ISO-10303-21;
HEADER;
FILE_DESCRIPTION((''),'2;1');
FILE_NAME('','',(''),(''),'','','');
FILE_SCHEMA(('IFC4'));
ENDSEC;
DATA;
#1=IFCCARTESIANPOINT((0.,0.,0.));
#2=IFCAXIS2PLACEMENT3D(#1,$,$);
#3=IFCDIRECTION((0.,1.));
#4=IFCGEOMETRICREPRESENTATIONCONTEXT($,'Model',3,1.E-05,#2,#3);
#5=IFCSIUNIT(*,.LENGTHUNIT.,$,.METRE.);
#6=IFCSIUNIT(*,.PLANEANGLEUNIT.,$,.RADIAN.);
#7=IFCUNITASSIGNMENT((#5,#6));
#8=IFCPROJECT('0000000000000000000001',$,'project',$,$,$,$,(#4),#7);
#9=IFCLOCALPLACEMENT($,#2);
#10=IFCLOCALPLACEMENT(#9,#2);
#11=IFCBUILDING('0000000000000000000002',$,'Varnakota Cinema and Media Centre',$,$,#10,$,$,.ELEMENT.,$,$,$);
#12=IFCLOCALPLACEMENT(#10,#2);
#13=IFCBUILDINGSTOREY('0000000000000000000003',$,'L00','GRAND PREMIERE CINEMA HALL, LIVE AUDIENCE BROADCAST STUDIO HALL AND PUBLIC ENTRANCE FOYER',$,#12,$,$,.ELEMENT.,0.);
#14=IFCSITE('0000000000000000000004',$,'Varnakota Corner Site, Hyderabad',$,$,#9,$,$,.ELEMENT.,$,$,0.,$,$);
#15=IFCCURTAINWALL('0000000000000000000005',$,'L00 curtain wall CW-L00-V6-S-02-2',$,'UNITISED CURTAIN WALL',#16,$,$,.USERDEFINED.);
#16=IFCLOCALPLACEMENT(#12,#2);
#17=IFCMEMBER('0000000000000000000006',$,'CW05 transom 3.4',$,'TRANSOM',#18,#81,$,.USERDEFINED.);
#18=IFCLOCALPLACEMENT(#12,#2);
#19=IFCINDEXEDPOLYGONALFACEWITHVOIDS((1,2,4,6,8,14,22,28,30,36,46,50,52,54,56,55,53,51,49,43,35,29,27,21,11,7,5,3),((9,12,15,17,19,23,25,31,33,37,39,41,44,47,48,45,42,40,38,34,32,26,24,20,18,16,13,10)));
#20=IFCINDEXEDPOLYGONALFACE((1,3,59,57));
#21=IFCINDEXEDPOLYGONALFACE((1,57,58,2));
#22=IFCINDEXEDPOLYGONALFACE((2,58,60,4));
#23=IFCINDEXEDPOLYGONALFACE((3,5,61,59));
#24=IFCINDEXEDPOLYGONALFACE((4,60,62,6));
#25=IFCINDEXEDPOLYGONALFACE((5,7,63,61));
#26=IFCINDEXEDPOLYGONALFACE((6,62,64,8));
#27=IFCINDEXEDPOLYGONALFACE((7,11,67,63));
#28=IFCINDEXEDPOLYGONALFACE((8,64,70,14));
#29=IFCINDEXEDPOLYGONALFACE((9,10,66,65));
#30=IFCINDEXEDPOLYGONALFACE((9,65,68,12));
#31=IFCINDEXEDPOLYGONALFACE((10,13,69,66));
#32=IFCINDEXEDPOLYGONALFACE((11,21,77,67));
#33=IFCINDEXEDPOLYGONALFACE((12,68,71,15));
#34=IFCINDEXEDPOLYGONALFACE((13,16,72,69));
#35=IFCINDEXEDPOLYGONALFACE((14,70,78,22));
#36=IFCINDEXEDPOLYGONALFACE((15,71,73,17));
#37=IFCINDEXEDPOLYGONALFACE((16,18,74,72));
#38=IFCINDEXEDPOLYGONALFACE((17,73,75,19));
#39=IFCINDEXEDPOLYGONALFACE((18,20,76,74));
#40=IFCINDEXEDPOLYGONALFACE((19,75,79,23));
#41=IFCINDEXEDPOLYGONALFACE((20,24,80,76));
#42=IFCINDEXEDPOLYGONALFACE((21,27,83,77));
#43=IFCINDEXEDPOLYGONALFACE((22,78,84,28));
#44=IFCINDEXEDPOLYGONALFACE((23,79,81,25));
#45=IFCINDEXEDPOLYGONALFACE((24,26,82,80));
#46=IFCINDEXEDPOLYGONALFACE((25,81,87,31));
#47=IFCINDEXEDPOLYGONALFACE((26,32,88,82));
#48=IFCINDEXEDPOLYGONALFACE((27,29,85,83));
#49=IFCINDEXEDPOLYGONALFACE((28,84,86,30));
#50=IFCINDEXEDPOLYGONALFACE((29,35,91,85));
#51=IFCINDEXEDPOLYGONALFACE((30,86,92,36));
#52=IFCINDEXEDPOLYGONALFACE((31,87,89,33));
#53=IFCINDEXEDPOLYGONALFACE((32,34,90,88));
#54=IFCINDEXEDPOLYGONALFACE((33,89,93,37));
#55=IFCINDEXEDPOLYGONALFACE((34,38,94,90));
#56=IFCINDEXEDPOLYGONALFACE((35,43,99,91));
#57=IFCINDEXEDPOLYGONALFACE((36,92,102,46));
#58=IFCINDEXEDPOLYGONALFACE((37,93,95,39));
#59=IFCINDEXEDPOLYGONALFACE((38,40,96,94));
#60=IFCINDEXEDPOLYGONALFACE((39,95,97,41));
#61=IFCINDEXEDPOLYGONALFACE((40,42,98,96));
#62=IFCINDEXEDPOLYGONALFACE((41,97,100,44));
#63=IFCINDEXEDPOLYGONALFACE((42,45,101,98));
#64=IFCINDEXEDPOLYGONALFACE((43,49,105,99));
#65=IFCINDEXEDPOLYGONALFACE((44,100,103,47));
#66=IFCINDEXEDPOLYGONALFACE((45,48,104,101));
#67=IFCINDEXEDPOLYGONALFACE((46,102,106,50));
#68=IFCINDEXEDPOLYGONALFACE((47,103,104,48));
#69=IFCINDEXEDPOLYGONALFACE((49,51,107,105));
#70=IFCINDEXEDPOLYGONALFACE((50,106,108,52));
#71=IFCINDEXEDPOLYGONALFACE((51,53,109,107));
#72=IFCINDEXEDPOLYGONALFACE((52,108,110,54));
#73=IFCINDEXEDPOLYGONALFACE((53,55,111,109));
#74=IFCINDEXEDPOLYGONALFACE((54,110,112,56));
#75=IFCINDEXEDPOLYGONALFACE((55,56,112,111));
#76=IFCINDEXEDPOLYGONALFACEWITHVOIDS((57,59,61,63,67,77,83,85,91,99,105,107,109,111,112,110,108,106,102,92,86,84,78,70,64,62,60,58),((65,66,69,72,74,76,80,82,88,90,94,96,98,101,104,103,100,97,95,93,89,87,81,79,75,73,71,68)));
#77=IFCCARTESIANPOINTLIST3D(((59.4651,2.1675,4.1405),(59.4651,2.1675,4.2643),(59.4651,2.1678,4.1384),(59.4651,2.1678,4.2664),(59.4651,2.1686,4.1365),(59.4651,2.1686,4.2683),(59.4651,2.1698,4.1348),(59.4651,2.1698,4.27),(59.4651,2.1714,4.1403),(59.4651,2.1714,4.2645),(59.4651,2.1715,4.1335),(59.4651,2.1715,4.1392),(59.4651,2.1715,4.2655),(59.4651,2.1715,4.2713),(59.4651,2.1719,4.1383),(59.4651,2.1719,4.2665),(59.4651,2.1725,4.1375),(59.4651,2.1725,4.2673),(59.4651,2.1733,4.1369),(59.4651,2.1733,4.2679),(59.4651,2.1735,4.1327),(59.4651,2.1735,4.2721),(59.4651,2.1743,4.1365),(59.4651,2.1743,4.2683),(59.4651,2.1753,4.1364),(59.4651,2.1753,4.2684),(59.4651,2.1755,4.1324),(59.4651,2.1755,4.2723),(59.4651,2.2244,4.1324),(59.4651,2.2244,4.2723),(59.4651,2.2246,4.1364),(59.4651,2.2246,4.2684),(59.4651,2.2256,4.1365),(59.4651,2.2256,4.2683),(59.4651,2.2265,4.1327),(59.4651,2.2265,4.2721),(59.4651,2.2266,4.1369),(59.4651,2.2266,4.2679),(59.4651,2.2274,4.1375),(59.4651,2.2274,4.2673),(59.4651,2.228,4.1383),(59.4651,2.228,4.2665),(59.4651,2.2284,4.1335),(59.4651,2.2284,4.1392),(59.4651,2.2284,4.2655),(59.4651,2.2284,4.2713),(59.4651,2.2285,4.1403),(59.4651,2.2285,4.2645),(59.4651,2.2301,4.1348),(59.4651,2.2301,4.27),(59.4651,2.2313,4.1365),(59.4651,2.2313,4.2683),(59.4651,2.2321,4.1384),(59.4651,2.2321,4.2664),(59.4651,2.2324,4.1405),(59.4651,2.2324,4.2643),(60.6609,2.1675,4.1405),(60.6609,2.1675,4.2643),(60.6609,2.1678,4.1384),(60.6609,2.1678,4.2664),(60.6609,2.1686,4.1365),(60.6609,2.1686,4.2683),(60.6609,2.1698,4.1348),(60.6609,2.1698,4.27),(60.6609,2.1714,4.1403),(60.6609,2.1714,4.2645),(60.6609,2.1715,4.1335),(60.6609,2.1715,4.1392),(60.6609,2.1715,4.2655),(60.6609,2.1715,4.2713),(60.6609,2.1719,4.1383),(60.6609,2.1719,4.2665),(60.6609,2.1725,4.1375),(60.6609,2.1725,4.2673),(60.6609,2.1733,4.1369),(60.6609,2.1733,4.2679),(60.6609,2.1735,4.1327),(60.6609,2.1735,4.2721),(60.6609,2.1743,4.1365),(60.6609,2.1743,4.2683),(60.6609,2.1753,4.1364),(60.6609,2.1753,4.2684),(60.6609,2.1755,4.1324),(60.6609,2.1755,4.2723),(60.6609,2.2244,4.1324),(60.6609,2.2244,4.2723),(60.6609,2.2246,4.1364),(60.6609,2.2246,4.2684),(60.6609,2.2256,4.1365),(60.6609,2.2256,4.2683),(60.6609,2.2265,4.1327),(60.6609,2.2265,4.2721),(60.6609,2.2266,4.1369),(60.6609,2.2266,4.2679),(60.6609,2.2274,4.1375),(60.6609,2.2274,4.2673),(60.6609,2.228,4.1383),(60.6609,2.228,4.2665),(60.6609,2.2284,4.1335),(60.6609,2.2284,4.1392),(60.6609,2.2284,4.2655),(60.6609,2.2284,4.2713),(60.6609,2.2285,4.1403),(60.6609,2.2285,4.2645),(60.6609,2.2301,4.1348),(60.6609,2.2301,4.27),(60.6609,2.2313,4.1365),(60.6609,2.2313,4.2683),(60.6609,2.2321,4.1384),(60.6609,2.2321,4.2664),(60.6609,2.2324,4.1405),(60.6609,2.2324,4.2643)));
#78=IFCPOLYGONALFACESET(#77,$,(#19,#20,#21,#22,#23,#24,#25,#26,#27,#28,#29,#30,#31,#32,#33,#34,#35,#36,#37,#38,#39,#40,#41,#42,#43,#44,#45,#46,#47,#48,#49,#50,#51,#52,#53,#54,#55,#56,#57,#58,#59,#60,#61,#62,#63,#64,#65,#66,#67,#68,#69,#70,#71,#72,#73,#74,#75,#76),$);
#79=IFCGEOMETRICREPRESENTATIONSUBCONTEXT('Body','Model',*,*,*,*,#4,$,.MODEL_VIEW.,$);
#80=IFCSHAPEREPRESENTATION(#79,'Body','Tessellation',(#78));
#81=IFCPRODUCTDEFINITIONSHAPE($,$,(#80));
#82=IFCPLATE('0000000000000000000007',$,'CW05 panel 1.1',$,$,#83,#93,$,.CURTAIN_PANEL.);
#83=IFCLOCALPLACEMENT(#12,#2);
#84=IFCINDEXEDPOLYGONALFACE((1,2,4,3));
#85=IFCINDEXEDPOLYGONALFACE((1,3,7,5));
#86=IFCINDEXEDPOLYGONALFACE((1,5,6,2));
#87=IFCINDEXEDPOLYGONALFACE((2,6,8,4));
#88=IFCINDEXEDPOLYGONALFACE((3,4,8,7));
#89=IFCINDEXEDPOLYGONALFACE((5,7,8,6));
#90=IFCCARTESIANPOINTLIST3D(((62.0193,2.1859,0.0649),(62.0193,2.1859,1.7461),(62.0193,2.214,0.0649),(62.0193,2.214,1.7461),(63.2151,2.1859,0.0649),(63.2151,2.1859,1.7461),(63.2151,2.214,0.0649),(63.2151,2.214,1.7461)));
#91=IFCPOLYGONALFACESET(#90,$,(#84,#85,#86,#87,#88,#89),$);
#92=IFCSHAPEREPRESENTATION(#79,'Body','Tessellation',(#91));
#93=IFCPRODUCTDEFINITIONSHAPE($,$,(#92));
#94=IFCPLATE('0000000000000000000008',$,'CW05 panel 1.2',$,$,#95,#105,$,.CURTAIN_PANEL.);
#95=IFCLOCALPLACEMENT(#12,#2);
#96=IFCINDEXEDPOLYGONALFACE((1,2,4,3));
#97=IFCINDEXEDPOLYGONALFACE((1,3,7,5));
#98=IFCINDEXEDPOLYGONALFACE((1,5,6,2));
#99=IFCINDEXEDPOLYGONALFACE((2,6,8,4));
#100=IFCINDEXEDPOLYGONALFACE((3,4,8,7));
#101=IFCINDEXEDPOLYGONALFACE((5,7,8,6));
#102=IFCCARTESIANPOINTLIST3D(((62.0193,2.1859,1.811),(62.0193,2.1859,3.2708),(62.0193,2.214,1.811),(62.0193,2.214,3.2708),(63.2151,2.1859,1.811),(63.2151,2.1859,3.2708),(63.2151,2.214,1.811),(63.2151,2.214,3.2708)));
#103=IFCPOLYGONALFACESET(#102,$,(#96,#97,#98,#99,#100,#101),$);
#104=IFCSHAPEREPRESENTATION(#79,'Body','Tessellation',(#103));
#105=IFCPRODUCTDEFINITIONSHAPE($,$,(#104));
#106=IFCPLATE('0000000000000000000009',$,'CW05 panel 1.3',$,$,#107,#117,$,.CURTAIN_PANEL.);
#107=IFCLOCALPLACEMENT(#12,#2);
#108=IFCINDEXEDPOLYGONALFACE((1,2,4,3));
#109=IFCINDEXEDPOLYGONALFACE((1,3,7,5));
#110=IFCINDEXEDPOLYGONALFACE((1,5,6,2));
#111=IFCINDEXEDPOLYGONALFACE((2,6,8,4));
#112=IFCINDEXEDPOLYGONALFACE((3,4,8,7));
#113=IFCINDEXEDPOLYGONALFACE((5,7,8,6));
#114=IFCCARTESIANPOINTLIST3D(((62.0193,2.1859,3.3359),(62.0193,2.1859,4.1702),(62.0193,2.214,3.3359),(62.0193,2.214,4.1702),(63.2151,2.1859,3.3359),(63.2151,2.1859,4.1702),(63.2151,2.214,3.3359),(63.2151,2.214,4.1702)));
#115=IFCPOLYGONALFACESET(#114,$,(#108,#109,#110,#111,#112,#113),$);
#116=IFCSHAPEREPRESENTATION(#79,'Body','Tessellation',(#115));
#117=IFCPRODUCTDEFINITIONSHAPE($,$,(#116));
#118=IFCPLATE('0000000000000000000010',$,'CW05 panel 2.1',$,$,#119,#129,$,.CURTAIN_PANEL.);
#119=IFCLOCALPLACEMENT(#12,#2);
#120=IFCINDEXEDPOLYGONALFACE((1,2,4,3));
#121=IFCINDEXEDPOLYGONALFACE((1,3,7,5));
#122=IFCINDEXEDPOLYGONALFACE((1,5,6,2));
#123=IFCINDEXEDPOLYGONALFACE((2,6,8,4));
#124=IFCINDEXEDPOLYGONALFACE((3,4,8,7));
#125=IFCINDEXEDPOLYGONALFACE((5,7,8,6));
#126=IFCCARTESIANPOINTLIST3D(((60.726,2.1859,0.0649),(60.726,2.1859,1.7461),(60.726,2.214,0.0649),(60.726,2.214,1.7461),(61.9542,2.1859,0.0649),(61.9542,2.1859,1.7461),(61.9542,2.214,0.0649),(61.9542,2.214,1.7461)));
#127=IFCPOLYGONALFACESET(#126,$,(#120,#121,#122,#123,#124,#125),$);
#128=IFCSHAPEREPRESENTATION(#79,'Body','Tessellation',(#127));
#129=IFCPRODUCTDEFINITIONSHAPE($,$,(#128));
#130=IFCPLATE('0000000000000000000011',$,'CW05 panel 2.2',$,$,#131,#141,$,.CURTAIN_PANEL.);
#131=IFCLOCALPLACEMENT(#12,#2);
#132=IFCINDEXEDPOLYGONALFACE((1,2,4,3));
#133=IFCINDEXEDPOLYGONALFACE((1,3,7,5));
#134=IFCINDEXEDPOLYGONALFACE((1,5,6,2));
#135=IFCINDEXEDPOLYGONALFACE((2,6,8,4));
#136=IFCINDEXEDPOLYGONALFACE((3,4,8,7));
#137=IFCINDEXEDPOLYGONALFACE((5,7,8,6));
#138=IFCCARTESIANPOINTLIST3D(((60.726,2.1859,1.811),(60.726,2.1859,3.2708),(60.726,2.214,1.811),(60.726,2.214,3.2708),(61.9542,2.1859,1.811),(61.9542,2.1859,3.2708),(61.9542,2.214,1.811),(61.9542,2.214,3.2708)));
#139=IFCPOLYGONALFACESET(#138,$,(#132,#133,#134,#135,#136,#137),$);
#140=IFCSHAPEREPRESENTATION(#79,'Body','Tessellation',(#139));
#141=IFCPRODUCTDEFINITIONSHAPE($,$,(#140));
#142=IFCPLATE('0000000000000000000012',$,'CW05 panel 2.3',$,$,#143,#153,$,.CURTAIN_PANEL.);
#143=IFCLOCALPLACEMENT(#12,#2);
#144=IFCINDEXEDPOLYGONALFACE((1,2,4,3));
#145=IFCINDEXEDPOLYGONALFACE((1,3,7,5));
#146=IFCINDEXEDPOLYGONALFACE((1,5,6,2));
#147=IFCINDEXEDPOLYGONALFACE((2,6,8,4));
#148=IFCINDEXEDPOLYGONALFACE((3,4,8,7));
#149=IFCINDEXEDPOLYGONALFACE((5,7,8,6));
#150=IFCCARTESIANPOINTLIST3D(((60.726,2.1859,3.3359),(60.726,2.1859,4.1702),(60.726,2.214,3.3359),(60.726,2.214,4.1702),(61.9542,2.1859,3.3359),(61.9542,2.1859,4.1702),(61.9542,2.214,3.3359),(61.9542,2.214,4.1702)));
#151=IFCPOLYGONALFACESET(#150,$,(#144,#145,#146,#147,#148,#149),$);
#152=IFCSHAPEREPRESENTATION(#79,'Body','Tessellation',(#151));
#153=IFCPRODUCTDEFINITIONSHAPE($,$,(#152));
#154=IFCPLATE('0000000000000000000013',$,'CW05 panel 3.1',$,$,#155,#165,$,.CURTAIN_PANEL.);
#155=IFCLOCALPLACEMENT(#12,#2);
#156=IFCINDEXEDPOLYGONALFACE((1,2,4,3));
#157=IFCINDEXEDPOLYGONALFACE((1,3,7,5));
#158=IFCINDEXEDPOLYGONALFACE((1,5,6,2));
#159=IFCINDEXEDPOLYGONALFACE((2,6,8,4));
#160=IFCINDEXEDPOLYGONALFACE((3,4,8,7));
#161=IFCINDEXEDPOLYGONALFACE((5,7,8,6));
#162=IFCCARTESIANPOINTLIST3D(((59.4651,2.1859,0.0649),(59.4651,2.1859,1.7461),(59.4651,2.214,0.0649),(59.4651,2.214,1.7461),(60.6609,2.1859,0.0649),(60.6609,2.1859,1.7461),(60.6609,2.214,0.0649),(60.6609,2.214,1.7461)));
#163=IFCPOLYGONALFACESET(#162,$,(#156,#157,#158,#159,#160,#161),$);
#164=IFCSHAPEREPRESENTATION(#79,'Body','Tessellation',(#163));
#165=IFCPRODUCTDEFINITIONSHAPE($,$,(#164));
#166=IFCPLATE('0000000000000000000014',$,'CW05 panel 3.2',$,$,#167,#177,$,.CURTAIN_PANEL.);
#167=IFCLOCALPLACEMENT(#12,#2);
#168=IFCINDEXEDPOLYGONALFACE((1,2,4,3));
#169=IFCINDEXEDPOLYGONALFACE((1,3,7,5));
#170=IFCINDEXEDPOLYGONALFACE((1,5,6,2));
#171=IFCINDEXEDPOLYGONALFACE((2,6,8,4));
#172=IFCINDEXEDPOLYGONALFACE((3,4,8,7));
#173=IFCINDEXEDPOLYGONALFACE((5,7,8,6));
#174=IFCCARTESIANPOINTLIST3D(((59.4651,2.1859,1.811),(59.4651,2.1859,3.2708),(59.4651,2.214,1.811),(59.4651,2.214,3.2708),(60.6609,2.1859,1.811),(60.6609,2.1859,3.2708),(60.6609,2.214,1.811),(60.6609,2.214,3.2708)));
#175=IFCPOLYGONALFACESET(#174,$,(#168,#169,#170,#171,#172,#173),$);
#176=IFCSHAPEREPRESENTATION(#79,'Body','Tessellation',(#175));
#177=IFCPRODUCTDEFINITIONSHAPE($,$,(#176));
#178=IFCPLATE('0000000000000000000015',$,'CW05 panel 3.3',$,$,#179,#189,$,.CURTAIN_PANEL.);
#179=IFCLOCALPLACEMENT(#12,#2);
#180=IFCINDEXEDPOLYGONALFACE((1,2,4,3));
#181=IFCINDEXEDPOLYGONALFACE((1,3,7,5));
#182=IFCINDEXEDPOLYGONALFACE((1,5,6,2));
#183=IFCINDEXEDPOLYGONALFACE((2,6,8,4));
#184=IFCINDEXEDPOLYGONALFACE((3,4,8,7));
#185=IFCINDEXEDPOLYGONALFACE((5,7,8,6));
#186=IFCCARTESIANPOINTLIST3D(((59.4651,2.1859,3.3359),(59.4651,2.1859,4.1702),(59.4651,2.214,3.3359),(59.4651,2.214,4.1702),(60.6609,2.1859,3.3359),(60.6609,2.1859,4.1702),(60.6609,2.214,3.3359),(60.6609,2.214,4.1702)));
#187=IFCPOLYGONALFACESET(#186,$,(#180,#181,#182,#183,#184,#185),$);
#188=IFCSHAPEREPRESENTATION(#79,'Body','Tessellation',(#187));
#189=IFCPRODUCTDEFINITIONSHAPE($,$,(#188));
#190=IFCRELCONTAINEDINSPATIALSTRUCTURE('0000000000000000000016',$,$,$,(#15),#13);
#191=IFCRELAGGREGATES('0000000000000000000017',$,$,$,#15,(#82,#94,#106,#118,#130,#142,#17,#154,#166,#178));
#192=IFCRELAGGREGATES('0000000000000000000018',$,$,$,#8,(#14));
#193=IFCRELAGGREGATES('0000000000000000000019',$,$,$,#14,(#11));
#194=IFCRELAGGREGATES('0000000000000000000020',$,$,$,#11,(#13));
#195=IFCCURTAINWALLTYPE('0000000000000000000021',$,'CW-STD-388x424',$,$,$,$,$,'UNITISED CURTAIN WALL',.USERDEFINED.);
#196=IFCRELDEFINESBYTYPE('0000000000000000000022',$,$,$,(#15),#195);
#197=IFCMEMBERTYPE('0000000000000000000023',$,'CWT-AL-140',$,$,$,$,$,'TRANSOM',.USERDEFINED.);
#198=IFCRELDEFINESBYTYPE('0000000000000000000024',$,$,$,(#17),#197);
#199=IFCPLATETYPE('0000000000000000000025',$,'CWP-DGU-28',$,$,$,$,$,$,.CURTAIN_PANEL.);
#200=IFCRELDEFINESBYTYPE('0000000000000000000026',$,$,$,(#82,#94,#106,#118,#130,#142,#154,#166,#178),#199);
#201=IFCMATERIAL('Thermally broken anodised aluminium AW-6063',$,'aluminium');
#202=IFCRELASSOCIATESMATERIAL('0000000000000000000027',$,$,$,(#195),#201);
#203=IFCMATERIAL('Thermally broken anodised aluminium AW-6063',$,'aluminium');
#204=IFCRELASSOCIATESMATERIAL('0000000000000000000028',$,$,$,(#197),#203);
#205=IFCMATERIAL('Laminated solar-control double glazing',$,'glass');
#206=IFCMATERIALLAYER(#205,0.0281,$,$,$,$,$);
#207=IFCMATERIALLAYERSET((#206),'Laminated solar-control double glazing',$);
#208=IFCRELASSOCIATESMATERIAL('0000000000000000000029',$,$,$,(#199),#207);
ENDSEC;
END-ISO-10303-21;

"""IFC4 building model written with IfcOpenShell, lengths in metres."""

from ifc_helpers import new_model, si_unit, direction, frame, origin, origin_2d, place, context, subcontext, project, spatial, rectangle, hollow_rectangle, extrude, material, layer, layer_set, material_profile, profile_set, type_object, element, aggregate, save


model = new_model("IFC4")

# Units and contexts
model_context = context("Model", 3, precision=1e-05, world=origin(), true_north=direction((0.0, 1.0)))
body_context = subcontext(model_context, "Body", "Model", "MODEL_VIEW")
ifc_project = project(units=[si_unit("LENGTHUNIT", "METRE"), si_unit("PLANEANGLEUNIT", "RADIAN")], contexts=[model_context])

# Site, building, storey
site_placement = place(None, origin())
site = spatial("IfcSite", under=ifc_project, at=site_placement, Name="Varnakota Corner Site, Hyderabad", CompositionType="ELEMENT", RefElevation=0.0)
building_placement = place(site_placement, origin())
building = spatial("IfcBuilding", under=site, at=building_placement, Name="Varnakota Cinema and Media Centre", CompositionType="ELEMENT")
storey_placement = place(building_placement, origin())
storey = spatial("IfcBuildingStorey", under=building, at=storey_placement, Name="L00", Description="GRAND PREMIERE CINEMA HALL, LIVE AUDIENCE BROADCAST STUDIO HALL AND PUBLIC ENTRANCE FOYER", CompositionType="ELEMENT", Elevation=0.0)

# Curtain wall, member, plates
ifc_material_1 = material(Name="Thermally broken anodised aluminium AW-6063", Category="aluminium")
curtain_wall_type = type_object("IfcCurtainWallType", Name="CW-STD-388x424", ElementType="UNITISED CURTAIN WALL", PredefinedType="USERDEFINED", material=ifc_material_1)
curtain_wall_placement = place(storey_placement, origin())
curtain_wall = element("IfcCurtainWall", 1, at=curtain_wall_placement, inside=storey, type_object=curtain_wall_type, Name="L00 curtain wall CW-L00-V6-S-02-2", ObjectType="UNITISED CURTAIN WALL", PredefinedType="USERDEFINED")
ifc_material_2 = material(Name="Thermally broken anodised aluminium AW-6063", Category="aluminium")
ifc_material_profile_1 = material_profile(ifc_material_2, hollow_rectangle(XDim=0.0649, YDim=0.1399, WallThickness=0.0039, InnerFilletRadius=0.0039, OuterFilletRadius=0.0081, at=origin_2d()), Name="AL-TRANSOM 140x65x4")
ifc_profile_set_1 = profile_set([ifc_material_profile_1], Name="Thermally broken anodised aluminium AW-6063")
member_type_1 = type_object("IfcMemberType", Name="CWT-AL-140", ElementType="TRANSOM", PredefinedType="USERDEFINED", material=ifc_profile_set_1)
member_1_placement = place(storey_placement, frame((60.6609, 2.2, 4.2024), z_axis=(-1.0, 0.0, 0.0), x_axis=(0.0, -1.0, 0.0)))
member_1 = element("IfcMember", 2, at=member_1_placement, type_object=member_type_1, Name="CW05 transom 3.4", ObjectType="TRANSOM", PredefinedType="USERDEFINED", context=body_context, shape_type="SweptSolid", body=[
    extrude(hollow_rectangle(XDim=0.0649, YDim=0.1399, WallThickness=0.0039, InnerFilletRadius=0.0039, OuterFilletRadius=0.0081, at=origin_2d()), origin(), (0.0, 0.0, 1.0), 1.1958),
])
ifc_material_3 = material(Name="Laminated solar-control double glazing", Category="glass")
ifc_layer_1 = layer(ifc_material_3, 0.0281)
ifc_layer_set_1 = layer_set([ifc_layer_1], Name="Laminated solar-control double glazing")
plate_type = type_object("IfcPlateType", Name="CWP-DGU-28", PredefinedType="CURTAIN_PANEL", material=ifc_layer_set_1)
plate_1_placement = place(storey_placement, frame((62.6172, 2.2, 0.0649), z_axis=(0.0, 0.0, 1.0), x_axis=(-1.0, 0.0, 0.0)))
plate_1 = element("IfcPlate", 3, at=plate_1_placement, type_object=plate_type, Name="CW05 panel 1.1", PredefinedType="CURTAIN_PANEL", context=body_context, shape_type="SweptSolid", body=[
    extrude(rectangle(XDim=1.1958, YDim=0.0281, at=origin_2d()), origin(), (0.0, 0.0, 1.0), 1.6812),
])
plate_2_placement = place(storey_placement, frame((62.6172, 2.2, 1.811), z_axis=(0.0, 0.0, 1.0), x_axis=(-1.0, 0.0, 0.0)))
plate_2 = element("IfcPlate", 4, at=plate_2_placement, type_object=plate_type, Name="CW05 panel 1.2", PredefinedType="CURTAIN_PANEL", context=body_context, shape_type="SweptSolid", body=[
    extrude(rectangle(XDim=1.1958, YDim=0.0281, at=origin_2d()), origin(), (0.0, 0.0, 1.0), 1.4597),
])
plate_3_placement = place(storey_placement, frame((62.6172, 2.2, 3.3359), z_axis=(0.0, 0.0, 1.0), x_axis=(-1.0, 0.0, 0.0)))
plate_3 = element("IfcPlate", 5, at=plate_3_placement, type_object=plate_type, Name="CW05 panel 1.3", PredefinedType="CURTAIN_PANEL", context=body_context, shape_type="SweptSolid", body=[
    extrude(rectangle(XDim=1.1958, YDim=0.0281, at=origin_2d()), origin(), (0.0, 0.0, 1.0), 0.8342),
])
plate_4_placement = place(storey_placement, frame((61.3401, 2.2, 0.0649), z_axis=(0.0, 0.0, 1.0), x_axis=(-1.0, 0.0, 0.0)))
plate_4 = element("IfcPlate", 6, at=plate_4_placement, type_object=plate_type, Name="CW05 panel 2.1", PredefinedType="CURTAIN_PANEL", context=body_context, shape_type="SweptSolid", body=[
    extrude(rectangle(XDim=1.2283, YDim=0.0281, at=origin_2d()), origin(), (0.0, 0.0, 1.0), 1.6812),
])
plate_5_placement = place(storey_placement, frame((61.3401, 2.2, 1.811), z_axis=(0.0, 0.0, 1.0), x_axis=(-1.0, 0.0, 0.0)))
plate_5 = element("IfcPlate", 7, at=plate_5_placement, type_object=plate_type, Name="CW05 panel 2.2", PredefinedType="CURTAIN_PANEL", context=body_context, shape_type="SweptSolid", body=[
    extrude(rectangle(XDim=1.2283, YDim=0.0281, at=origin_2d()), origin(), (0.0, 0.0, 1.0), 1.4597),
])
plate_6_placement = place(storey_placement, frame((61.3401, 2.2, 3.3359), z_axis=(0.0, 0.0, 1.0), x_axis=(-1.0, 0.0, 0.0)))
plate_6 = element("IfcPlate", 8, at=plate_6_placement, type_object=plate_type, Name="CW05 panel 2.3", PredefinedType="CURTAIN_PANEL", context=body_context, shape_type="SweptSolid", body=[
    extrude(rectangle(XDim=1.2283, YDim=0.0281, at=origin_2d()), origin(), (0.0, 0.0, 1.0), 0.8342),
])
plate_7_placement = place(storey_placement, frame((60.063, 2.2, 0.0649), z_axis=(0.0, 0.0, 1.0), x_axis=(-1.0, 0.0, 0.0)))
plate_7 = element("IfcPlate", 9, at=plate_7_placement, type_object=plate_type, Name="CW05 panel 3.1", PredefinedType="CURTAIN_PANEL", context=body_context, shape_type="SweptSolid", body=[
    extrude(rectangle(XDim=1.1958, YDim=0.0281, at=origin_2d()), origin(), (0.0, 0.0, 1.0), 1.6812),
])
plate_8_placement = place(storey_placement, frame((60.063, 2.2, 1.811), z_axis=(0.0, 0.0, 1.0), x_axis=(-1.0, 0.0, 0.0)))
plate_8 = element("IfcPlate", 10, at=plate_8_placement, type_object=plate_type, Name="CW05 panel 3.2", PredefinedType="CURTAIN_PANEL", context=body_context, shape_type="SweptSolid", body=[
    extrude(rectangle(XDim=1.1958, YDim=0.0281, at=origin_2d()), origin(), (0.0, 0.0, 1.0), 1.4597),
])
plate_9_placement = place(storey_placement, frame((60.063, 2.2, 3.3359), z_axis=(0.0, 0.0, 1.0), x_axis=(-1.0, 0.0, 0.0)))
plate_9 = element("IfcPlate", 11, at=plate_9_placement, type_object=plate_type, Name="CW05 panel 3.3", PredefinedType="CURTAIN_PANEL", context=body_context, shape_type="SweptSolid", body=[
    extrude(rectangle(XDim=1.1958, YDim=0.0281, at=origin_2d()), origin(), (0.0, 0.0, 1.0), 0.8342),
])
aggregate(curtain_wall, [plate_1, plate_2, plate_3, plate_4, plate_5, plate_6, member_1, plate_7, plate_8, plate_9])

save(model, "model.ifc")
